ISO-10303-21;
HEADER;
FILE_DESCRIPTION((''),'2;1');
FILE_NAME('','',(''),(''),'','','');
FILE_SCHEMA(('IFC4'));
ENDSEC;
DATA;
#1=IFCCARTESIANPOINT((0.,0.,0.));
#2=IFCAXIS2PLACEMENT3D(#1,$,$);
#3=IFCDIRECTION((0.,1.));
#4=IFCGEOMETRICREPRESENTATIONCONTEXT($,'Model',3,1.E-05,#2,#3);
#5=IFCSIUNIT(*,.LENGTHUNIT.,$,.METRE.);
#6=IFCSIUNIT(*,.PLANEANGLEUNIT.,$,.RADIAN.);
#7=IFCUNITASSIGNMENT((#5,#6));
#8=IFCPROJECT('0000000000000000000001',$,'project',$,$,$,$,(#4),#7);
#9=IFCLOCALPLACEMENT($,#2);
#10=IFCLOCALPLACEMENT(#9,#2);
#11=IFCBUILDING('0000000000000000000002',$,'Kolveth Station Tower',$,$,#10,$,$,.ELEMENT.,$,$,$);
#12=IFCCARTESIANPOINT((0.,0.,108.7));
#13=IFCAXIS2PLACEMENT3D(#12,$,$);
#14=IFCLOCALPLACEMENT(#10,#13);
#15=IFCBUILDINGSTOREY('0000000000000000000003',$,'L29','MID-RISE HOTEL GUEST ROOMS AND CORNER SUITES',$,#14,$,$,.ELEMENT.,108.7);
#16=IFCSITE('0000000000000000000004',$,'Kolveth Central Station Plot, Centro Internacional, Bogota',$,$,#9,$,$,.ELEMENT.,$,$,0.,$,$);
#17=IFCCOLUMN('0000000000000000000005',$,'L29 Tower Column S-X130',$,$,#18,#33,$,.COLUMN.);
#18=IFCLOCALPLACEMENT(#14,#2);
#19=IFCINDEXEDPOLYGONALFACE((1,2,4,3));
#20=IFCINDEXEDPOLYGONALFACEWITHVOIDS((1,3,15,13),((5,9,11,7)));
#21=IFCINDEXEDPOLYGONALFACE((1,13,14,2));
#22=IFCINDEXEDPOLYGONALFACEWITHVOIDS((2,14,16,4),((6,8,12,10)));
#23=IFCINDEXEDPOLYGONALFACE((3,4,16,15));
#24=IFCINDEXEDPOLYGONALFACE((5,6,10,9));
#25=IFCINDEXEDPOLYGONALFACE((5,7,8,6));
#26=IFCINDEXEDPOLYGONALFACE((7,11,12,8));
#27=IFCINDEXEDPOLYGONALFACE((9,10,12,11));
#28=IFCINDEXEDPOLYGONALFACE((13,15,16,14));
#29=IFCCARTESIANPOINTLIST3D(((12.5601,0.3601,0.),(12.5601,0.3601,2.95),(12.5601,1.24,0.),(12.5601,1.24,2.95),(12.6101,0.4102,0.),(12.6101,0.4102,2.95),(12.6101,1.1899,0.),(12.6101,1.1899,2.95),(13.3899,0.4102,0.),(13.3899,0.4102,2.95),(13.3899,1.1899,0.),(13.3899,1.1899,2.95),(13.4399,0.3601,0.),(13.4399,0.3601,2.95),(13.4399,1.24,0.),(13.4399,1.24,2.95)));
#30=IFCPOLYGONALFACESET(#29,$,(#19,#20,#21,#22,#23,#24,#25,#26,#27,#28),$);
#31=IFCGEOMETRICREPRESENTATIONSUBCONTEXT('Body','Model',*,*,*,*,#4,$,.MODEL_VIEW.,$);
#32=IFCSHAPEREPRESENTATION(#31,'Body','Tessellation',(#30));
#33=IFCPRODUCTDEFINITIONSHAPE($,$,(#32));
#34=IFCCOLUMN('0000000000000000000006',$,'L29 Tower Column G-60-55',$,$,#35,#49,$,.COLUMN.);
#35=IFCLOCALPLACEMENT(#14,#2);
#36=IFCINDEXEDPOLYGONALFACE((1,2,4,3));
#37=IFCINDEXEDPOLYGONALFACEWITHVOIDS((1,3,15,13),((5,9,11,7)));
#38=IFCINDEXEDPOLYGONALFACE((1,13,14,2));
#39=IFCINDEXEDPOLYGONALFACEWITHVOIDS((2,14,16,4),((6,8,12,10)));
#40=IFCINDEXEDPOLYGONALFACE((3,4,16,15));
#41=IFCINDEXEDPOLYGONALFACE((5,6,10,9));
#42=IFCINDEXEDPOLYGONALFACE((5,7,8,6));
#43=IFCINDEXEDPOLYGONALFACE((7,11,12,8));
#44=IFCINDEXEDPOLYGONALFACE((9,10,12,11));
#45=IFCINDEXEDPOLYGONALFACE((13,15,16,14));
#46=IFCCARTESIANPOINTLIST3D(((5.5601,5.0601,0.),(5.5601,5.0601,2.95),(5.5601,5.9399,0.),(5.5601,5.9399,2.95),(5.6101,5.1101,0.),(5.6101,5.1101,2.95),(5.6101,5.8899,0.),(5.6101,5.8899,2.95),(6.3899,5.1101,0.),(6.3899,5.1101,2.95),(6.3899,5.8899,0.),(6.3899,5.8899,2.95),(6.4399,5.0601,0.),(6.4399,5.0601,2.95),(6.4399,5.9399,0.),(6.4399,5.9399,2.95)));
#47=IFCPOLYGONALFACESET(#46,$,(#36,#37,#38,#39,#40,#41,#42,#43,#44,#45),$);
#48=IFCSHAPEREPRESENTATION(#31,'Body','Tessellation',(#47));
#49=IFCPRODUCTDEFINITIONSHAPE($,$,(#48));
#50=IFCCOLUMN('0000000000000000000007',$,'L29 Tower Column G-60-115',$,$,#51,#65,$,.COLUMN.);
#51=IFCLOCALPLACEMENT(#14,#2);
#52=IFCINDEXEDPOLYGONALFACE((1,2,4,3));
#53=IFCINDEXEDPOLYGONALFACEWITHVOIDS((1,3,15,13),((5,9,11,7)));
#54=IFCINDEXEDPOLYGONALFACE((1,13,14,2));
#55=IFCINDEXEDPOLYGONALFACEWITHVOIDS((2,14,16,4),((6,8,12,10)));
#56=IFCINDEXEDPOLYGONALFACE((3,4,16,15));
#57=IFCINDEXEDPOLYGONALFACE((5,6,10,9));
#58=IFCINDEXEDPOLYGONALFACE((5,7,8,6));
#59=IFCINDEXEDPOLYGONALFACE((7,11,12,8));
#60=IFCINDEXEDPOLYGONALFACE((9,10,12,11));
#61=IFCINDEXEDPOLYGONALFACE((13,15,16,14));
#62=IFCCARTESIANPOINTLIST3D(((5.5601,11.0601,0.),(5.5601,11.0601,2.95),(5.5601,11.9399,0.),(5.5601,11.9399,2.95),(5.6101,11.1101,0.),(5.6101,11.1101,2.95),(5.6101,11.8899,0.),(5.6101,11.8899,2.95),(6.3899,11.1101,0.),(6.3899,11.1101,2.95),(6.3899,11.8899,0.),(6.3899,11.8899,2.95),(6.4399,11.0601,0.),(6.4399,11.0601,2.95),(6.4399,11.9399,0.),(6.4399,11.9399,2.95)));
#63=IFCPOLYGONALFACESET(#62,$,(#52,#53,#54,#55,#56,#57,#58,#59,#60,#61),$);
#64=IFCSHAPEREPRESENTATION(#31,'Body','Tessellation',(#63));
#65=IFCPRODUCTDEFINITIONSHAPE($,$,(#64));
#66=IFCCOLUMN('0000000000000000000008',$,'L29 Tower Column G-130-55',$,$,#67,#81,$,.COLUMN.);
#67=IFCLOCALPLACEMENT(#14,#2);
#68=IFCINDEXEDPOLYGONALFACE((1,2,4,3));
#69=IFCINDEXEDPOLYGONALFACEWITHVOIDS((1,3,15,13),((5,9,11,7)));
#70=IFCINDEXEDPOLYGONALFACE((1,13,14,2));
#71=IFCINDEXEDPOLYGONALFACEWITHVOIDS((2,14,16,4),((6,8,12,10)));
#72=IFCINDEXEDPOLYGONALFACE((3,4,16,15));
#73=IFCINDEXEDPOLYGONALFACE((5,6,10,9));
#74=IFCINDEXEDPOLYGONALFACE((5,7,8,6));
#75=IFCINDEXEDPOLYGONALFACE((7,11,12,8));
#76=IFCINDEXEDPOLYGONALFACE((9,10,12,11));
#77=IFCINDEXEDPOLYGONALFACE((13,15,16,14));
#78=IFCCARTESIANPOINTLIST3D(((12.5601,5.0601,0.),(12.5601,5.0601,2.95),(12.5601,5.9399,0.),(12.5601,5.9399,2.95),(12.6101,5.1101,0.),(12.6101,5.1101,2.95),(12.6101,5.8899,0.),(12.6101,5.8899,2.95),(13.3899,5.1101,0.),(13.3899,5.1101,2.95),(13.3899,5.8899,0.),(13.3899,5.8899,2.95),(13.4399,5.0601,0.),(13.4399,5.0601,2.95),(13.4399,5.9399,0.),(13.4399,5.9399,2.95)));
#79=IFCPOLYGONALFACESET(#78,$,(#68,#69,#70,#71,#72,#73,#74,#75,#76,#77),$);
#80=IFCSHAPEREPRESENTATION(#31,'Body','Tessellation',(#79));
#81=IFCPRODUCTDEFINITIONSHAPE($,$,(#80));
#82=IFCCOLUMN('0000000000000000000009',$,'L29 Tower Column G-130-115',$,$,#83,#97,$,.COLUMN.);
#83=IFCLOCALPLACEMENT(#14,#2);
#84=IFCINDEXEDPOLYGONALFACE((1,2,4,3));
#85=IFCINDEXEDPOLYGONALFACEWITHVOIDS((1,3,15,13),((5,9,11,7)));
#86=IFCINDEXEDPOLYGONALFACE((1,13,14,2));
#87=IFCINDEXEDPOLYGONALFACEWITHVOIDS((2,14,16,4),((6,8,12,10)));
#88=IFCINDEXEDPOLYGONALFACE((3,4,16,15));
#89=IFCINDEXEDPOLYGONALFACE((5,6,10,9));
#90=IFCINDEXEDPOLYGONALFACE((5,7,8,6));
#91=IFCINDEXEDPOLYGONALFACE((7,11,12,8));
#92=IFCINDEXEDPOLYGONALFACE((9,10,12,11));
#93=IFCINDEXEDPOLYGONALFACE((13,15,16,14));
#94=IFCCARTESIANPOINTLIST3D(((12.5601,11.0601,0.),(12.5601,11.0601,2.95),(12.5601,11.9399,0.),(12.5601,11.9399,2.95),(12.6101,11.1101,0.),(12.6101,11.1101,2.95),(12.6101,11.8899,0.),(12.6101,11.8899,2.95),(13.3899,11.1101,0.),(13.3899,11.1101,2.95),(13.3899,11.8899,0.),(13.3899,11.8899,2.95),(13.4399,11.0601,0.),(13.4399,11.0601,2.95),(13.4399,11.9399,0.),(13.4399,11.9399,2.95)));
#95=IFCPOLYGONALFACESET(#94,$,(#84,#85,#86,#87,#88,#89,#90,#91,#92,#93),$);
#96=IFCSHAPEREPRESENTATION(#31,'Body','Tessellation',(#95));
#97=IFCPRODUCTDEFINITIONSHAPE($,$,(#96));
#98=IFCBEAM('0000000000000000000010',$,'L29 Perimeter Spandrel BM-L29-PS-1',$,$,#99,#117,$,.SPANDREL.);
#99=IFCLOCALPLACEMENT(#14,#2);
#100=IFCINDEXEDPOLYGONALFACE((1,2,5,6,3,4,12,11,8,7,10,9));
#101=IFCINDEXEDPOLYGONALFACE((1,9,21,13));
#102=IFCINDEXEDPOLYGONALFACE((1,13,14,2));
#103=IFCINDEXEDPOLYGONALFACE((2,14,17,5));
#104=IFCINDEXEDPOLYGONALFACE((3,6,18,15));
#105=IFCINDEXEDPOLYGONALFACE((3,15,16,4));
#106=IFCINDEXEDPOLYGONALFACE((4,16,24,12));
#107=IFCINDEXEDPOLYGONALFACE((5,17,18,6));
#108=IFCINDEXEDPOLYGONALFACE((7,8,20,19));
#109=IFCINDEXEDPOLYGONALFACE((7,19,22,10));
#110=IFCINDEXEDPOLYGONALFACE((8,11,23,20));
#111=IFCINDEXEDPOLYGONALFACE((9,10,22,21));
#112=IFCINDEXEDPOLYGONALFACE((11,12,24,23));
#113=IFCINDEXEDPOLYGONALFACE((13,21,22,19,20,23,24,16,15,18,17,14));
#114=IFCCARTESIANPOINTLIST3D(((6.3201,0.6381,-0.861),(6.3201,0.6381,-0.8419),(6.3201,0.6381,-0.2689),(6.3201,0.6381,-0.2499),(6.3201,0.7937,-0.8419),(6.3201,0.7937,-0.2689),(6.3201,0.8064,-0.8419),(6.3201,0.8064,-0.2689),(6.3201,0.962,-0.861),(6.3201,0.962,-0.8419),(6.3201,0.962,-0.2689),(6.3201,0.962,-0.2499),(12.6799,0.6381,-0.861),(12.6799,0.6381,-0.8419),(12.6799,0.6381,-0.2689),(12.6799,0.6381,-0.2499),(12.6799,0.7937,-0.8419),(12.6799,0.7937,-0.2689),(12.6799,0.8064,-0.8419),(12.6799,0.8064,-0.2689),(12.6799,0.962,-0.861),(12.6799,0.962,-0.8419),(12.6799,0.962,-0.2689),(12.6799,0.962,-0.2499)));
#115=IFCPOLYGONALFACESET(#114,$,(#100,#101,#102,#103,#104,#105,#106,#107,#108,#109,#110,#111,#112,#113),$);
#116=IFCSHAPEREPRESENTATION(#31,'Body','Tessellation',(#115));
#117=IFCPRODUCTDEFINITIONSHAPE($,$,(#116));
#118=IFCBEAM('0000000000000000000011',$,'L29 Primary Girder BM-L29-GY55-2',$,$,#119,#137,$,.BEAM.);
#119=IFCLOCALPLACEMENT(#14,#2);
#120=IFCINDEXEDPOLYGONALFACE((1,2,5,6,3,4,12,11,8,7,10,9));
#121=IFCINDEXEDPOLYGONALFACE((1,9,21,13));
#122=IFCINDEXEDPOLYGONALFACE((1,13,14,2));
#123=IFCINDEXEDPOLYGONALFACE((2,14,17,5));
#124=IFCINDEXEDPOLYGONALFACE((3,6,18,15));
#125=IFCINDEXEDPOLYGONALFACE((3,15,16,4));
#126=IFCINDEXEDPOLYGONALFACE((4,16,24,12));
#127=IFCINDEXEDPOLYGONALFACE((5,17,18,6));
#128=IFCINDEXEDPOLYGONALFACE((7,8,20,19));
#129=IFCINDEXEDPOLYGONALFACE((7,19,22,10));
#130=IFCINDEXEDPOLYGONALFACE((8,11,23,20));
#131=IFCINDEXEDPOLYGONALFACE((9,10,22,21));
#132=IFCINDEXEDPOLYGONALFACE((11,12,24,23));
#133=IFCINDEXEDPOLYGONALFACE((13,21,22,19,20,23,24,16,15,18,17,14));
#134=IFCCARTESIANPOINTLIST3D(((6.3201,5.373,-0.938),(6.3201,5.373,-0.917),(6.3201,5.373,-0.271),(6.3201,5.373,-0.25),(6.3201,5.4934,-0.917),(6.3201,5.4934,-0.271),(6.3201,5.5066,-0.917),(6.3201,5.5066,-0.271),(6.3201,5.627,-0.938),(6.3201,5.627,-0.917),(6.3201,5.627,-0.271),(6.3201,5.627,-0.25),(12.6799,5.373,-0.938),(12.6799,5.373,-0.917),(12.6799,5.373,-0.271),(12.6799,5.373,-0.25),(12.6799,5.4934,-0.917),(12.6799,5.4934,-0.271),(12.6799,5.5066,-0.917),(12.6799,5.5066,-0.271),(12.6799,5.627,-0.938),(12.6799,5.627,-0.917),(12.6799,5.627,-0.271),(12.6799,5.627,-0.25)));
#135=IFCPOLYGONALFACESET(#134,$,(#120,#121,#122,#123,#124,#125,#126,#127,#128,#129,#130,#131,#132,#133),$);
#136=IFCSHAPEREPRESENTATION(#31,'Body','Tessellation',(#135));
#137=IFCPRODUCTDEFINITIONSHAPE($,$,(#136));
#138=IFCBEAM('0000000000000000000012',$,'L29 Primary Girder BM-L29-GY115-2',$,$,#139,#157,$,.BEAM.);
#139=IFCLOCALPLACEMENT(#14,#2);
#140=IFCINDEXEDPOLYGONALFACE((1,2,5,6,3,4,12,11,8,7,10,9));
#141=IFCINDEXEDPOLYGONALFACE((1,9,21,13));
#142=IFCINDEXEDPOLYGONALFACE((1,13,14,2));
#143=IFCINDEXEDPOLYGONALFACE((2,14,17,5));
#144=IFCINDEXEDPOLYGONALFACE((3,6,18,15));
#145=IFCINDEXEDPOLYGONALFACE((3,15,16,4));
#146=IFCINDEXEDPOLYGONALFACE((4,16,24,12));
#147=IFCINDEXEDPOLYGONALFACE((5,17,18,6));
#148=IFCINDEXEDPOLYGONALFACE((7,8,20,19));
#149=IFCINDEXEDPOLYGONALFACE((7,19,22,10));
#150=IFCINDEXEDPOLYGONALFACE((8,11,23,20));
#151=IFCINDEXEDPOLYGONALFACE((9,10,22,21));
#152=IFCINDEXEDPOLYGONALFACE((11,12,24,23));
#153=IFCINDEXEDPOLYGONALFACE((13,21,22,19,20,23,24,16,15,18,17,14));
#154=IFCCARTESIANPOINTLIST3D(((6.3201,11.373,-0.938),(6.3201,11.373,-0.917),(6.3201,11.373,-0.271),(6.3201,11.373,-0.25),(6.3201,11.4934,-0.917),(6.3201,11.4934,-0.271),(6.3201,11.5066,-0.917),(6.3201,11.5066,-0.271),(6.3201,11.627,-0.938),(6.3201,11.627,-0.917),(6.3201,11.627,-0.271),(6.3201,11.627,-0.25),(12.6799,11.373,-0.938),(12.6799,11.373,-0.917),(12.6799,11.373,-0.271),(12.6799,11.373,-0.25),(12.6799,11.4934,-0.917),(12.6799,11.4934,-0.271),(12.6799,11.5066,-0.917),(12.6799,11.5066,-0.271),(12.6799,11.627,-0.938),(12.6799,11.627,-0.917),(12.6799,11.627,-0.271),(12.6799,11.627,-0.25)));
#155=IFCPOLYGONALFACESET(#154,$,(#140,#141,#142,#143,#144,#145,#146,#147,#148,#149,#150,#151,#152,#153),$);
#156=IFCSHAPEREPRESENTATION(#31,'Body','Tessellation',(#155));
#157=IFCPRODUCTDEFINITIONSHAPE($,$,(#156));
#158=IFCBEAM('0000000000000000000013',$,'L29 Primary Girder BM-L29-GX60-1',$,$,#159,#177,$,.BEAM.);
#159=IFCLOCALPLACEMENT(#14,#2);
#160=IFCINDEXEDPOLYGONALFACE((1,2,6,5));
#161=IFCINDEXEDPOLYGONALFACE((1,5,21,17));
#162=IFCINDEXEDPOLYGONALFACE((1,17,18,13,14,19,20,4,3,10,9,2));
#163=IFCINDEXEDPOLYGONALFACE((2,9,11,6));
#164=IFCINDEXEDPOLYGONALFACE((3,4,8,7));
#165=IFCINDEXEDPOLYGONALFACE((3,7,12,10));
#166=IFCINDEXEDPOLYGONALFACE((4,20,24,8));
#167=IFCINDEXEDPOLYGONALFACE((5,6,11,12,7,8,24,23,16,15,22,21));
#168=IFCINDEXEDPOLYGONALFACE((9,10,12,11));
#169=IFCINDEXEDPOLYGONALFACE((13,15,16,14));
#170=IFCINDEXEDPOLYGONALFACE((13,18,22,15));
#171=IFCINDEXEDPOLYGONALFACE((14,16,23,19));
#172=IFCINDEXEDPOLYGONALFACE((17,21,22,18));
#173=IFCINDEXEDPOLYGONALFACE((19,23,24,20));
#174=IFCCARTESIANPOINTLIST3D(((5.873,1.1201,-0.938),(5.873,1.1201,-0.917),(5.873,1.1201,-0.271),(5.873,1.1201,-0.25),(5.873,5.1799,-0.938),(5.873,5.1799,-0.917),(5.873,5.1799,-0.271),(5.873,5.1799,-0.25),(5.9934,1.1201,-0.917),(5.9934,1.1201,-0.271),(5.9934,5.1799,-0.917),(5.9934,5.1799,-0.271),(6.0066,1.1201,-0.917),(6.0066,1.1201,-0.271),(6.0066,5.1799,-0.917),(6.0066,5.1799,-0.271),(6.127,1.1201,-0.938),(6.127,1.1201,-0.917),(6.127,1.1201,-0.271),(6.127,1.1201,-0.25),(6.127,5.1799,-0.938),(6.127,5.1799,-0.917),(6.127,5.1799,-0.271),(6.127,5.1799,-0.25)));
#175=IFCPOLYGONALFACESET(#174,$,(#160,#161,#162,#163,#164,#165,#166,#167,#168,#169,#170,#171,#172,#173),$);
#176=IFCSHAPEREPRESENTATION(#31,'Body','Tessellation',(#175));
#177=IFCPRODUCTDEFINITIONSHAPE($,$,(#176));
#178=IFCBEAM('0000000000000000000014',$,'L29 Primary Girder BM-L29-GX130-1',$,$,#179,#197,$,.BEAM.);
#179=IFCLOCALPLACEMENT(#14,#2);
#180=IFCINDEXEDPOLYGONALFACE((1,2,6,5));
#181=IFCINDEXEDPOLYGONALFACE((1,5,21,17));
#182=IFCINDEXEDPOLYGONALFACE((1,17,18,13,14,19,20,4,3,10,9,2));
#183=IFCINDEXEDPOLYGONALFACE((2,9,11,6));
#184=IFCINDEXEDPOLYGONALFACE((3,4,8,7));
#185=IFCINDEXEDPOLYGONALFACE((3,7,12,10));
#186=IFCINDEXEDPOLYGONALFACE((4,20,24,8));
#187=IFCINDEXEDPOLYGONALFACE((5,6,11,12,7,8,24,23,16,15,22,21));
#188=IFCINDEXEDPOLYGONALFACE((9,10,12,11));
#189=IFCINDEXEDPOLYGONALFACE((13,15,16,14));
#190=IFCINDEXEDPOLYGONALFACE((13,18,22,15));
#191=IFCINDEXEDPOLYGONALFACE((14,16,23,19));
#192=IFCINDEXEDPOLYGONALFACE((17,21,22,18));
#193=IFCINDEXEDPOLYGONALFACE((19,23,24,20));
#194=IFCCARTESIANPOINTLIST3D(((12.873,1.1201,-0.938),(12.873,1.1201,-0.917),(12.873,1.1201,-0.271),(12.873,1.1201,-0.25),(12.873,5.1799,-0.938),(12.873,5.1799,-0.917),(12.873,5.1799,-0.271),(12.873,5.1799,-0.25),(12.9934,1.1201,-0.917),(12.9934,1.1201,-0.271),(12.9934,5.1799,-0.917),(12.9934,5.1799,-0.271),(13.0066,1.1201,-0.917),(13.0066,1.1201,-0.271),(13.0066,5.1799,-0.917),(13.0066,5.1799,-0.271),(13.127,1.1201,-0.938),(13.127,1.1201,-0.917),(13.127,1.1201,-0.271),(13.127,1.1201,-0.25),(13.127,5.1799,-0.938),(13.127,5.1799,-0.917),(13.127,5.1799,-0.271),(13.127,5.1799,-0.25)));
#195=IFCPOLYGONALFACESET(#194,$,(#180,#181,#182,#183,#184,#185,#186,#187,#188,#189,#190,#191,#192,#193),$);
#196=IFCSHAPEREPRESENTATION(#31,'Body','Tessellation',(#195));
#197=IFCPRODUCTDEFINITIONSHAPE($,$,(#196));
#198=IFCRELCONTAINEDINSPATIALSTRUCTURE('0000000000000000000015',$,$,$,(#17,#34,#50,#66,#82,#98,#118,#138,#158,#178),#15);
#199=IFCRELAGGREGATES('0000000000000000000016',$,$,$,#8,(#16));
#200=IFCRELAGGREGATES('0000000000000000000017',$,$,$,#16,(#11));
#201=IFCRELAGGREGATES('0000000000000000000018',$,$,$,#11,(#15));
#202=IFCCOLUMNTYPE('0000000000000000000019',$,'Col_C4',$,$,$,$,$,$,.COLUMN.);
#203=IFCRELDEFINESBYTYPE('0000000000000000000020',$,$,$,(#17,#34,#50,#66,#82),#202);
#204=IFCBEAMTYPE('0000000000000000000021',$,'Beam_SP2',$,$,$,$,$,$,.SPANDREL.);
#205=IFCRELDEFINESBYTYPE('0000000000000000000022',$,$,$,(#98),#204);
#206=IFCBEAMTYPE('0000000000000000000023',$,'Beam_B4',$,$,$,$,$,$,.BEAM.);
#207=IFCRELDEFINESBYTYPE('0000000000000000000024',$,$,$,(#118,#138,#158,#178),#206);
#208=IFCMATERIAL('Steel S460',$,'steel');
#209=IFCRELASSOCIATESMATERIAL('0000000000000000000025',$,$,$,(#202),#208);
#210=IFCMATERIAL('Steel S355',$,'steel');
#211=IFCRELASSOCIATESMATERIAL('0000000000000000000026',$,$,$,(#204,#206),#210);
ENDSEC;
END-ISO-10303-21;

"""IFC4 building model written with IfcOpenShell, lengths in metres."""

from ifc_helpers import new_model, si_unit, direction, frame, origin, origin_2d, place, context, subcontext, project, spatial, hollow_rectangle, i_section, extrude, source, transform, mapped, material, material_profile, profile_set, type_object, element, save


model = new_model("IFC4")

# Units and contexts
model_context = context("Model", 3, precision=1e-05, world=origin(), true_north=direction((0.0, 1.0)))
body_context = subcontext(model_context, "Body", "Model", "MODEL_VIEW")
ifc_project = project(units=[si_unit("LENGTHUNIT", "METRE"), si_unit("PLANEANGLEUNIT", "RADIAN")], contexts=[model_context])

# Site, building, storey
site_placement = place(None, origin())
site = spatial("IfcSite", under=ifc_project, at=site_placement, Name="Kolveth Central Station Plot, Centro Internacional, Bogota", CompositionType="ELEMENT", RefElevation=0.0)
building_placement = place(site_placement, origin())
building = spatial("IfcBuilding", under=site, at=building_placement, Name="Kolveth Station Tower", CompositionType="ELEMENT")
storey_placement = place(building_placement, frame((0.0, 0.0, 108.7)))
storey = spatial("IfcBuildingStorey", under=building, at=storey_placement, Name="L29", Description="MID-RISE HOTEL GUEST ROOMS AND CORNER SUITES", CompositionType="ELEMENT", Elevation=108.7)

# Columns
ifc_material_1 = material(Name="Steel S460", Category="steel")
ifc_material_profile_1 = material_profile(ifc_material_1, hollow_rectangle(XDim=0.8799, YDim=0.8799, WallThickness=0.05, at=origin_2d()), Name="BOX880x880x50")
ifc_profile_set_1 = profile_set([ifc_material_profile_1], Name="Steel S460")
column_type = type_object("IfcColumnType", Name="Col_C4", PredefinedType="COLUMN", material=ifc_profile_set_1)
shared_shape_1 = source(origin(), body_context, "Body", "SweptSolid", [
    extrude(hollow_rectangle(XDim=0.8799, YDim=0.8799, WallThickness=0.05, at=origin_2d()), origin(), (0.0, 0.0, 1.0), 2.95),
])
for number, where, z_axis, x_axis, name in (
    (1, (13.0, 0.8, 0.0), (0.0, 0.0, 1.0), (1.0, 0.0, 0.0), "L29 Tower Column S-X130"),
    (2, (6.0, 5.5, 0.0), (0.0, 0.0, 1.0), (1.0, 0.0, 0.0), "L29 Tower Column G-60-55"),
    (3, (6.0, 11.5, 0.0), (0.0, 0.0, 1.0), (1.0, 0.0, 0.0), "L29 Tower Column G-60-115"),
    (4, (13.0, 5.5, 0.0), (0.0, 0.0, 1.0), (1.0, 0.0, 0.0), "L29 Tower Column G-130-55"),
    (5, (13.0, 11.5, 0.0), (0.0, 0.0, 1.0), (1.0, 0.0, 0.0), "L29 Tower Column G-130-115"),
):
    element("IfcColumn", number, at=place(storey_placement, frame(where, z_axis=z_axis, x_axis=x_axis)), inside=storey, type_object=column_type, Name=name, PredefinedType="COLUMN", context=body_context, shape_type="MappedRepresentation", body=[
        mapped(shared_shape_1, transform((0.0, 0.0, 0.0), x_axis=(1.0, 0.0, 0.0), y_axis=(0.0, 1.0, 0.0), z_axis=(0.0, 0.0, 1.0), scale=1.0)),
    ])

# Beams
ifc_material_2 = material(Name="Steel S355", Category="steel")
ifc_material_profile_2 = material_profile(ifc_material_2, i_section(OverallWidth=0.324, OverallDepth=0.6111, WebThickness=0.0127, FlangeThickness=0.019, at=origin_2d()), Name="W610x155")
ifc_profile_set_2 = profile_set([ifc_material_profile_2], Name="Steel S355")
beam_type_1 = type_object("IfcBeamType", Name="Beam_SP2", PredefinedType="SPANDREL", material=ifc_profile_set_2)
shared_shape_2 = source(origin(), body_context, "Body", "SweptSolid", [
    extrude(i_section(OverallWidth=0.324, OverallDepth=0.6111, WebThickness=0.0127, FlangeThickness=0.019, at=origin_2d()), origin(), (0.0, 0.0, 1.0), 6.3599),
])
beam_1_placement = place(storey_placement, frame((6.3201, 0.8, -0.5554), z_axis=(1.0, 0.0, 0.0), x_axis=(0.0, 1.0, 0.0)))
element("IfcBeam", 6, at=beam_1_placement, inside=storey, type_object=beam_type_1, Name="L29 Perimeter Spandrel BM-L29-PS-1", PredefinedType="SPANDREL", context=body_context, shape_type="MappedRepresentation", body=[
    mapped(shared_shape_2, transform((0.0, 0.0, 0.0), x_axis=(1.0, 0.0, 0.0), y_axis=(0.0, 1.0, 0.0), z_axis=(0.0, 0.0, 1.0), scale=1.0)),
])
ifc_material_profile_3 = material_profile(ifc_material_2, i_section(OverallWidth=0.2539, OverallDepth=0.688, WebThickness=0.0132, FlangeThickness=0.021, at=origin_2d()), Name="W690x152")
ifc_profile_set_3 = profile_set([ifc_material_profile_3], Name="Steel S355")
beam_type_2 = type_object("IfcBeamType", Name="Beam_B4", PredefinedType="BEAM", material=ifc_profile_set_3)
shared_shape_3 = source(origin(), body_context, "Body", "SweptSolid", [
    extrude(i_section(OverallWidth=0.2539, OverallDepth=0.688, WebThickness=0.0132, FlangeThickness=0.021, at=origin_2d()), origin(), (0.0, 0.0, 1.0), 6.3599),
])
for number, where, z_axis, x_axis, name in (
    (7, (6.3201, 5.5, -0.594), (1.0, 0.0, 0.0), (0.0, 1.0, 0.0), "L29 Primary Girder BM-L29-GY55-2"),
    (8, (6.3201, 11.5, -0.594), (1.0, 0.0, 0.0), (0.0, 1.0, 0.0), "L29 Primary Girder BM-L29-GY115-2"),
):
    element("IfcBeam", number, at=place(storey_placement, frame(where, z_axis=z_axis, x_axis=x_axis)), inside=storey, type_object=beam_type_2, Name=name, PredefinedType="BEAM", context=body_context, shape_type="MappedRepresentation", body=[
        mapped(shared_shape_3, transform((0.0, 0.0, 0.0), x_axis=(1.0, 0.0, 0.0), y_axis=(0.0, 1.0, 0.0), z_axis=(0.0, 0.0, 1.0), scale=1.0)),
    ])
shared_shape_4 = source(origin(), body_context, "Body", "SweptSolid", [
    extrude(i_section(OverallWidth=0.2539, OverallDepth=0.688, WebThickness=0.0132, FlangeThickness=0.021, at=origin_2d()), origin(), (0.0, 0.0, 1.0), 4.0598),
])
for number, where, z_axis, x_axis, name in (
    (9, (6.0, 1.1201, -0.594), (0.0, 1.0, 0.0), (-1.0, 0.0, 0.0), "L29 Primary Girder BM-L29-GX60-1"),
    (10, (13.0, 1.1201, -0.594), (0.0, 1.0, 0.0), (-1.0, 0.0, 0.0), "L29 Primary Girder BM-L29-GX130-1"),
):
    element("IfcBeam", number, at=place(storey_placement, frame(where, z_axis=z_axis, x_axis=x_axis)), inside=storey, type_object=beam_type_2, Name=name, PredefinedType="BEAM", context=body_context, shape_type="MappedRepresentation", body=[
        mapped(shared_shape_4, transform((0.0, 0.0, 0.0), x_axis=(1.0, 0.0, 0.0), y_axis=(0.0, 1.0, 0.0), z_axis=(0.0, 0.0, 1.0), scale=1.0)),
    ])

save(model, "model.ifc")
